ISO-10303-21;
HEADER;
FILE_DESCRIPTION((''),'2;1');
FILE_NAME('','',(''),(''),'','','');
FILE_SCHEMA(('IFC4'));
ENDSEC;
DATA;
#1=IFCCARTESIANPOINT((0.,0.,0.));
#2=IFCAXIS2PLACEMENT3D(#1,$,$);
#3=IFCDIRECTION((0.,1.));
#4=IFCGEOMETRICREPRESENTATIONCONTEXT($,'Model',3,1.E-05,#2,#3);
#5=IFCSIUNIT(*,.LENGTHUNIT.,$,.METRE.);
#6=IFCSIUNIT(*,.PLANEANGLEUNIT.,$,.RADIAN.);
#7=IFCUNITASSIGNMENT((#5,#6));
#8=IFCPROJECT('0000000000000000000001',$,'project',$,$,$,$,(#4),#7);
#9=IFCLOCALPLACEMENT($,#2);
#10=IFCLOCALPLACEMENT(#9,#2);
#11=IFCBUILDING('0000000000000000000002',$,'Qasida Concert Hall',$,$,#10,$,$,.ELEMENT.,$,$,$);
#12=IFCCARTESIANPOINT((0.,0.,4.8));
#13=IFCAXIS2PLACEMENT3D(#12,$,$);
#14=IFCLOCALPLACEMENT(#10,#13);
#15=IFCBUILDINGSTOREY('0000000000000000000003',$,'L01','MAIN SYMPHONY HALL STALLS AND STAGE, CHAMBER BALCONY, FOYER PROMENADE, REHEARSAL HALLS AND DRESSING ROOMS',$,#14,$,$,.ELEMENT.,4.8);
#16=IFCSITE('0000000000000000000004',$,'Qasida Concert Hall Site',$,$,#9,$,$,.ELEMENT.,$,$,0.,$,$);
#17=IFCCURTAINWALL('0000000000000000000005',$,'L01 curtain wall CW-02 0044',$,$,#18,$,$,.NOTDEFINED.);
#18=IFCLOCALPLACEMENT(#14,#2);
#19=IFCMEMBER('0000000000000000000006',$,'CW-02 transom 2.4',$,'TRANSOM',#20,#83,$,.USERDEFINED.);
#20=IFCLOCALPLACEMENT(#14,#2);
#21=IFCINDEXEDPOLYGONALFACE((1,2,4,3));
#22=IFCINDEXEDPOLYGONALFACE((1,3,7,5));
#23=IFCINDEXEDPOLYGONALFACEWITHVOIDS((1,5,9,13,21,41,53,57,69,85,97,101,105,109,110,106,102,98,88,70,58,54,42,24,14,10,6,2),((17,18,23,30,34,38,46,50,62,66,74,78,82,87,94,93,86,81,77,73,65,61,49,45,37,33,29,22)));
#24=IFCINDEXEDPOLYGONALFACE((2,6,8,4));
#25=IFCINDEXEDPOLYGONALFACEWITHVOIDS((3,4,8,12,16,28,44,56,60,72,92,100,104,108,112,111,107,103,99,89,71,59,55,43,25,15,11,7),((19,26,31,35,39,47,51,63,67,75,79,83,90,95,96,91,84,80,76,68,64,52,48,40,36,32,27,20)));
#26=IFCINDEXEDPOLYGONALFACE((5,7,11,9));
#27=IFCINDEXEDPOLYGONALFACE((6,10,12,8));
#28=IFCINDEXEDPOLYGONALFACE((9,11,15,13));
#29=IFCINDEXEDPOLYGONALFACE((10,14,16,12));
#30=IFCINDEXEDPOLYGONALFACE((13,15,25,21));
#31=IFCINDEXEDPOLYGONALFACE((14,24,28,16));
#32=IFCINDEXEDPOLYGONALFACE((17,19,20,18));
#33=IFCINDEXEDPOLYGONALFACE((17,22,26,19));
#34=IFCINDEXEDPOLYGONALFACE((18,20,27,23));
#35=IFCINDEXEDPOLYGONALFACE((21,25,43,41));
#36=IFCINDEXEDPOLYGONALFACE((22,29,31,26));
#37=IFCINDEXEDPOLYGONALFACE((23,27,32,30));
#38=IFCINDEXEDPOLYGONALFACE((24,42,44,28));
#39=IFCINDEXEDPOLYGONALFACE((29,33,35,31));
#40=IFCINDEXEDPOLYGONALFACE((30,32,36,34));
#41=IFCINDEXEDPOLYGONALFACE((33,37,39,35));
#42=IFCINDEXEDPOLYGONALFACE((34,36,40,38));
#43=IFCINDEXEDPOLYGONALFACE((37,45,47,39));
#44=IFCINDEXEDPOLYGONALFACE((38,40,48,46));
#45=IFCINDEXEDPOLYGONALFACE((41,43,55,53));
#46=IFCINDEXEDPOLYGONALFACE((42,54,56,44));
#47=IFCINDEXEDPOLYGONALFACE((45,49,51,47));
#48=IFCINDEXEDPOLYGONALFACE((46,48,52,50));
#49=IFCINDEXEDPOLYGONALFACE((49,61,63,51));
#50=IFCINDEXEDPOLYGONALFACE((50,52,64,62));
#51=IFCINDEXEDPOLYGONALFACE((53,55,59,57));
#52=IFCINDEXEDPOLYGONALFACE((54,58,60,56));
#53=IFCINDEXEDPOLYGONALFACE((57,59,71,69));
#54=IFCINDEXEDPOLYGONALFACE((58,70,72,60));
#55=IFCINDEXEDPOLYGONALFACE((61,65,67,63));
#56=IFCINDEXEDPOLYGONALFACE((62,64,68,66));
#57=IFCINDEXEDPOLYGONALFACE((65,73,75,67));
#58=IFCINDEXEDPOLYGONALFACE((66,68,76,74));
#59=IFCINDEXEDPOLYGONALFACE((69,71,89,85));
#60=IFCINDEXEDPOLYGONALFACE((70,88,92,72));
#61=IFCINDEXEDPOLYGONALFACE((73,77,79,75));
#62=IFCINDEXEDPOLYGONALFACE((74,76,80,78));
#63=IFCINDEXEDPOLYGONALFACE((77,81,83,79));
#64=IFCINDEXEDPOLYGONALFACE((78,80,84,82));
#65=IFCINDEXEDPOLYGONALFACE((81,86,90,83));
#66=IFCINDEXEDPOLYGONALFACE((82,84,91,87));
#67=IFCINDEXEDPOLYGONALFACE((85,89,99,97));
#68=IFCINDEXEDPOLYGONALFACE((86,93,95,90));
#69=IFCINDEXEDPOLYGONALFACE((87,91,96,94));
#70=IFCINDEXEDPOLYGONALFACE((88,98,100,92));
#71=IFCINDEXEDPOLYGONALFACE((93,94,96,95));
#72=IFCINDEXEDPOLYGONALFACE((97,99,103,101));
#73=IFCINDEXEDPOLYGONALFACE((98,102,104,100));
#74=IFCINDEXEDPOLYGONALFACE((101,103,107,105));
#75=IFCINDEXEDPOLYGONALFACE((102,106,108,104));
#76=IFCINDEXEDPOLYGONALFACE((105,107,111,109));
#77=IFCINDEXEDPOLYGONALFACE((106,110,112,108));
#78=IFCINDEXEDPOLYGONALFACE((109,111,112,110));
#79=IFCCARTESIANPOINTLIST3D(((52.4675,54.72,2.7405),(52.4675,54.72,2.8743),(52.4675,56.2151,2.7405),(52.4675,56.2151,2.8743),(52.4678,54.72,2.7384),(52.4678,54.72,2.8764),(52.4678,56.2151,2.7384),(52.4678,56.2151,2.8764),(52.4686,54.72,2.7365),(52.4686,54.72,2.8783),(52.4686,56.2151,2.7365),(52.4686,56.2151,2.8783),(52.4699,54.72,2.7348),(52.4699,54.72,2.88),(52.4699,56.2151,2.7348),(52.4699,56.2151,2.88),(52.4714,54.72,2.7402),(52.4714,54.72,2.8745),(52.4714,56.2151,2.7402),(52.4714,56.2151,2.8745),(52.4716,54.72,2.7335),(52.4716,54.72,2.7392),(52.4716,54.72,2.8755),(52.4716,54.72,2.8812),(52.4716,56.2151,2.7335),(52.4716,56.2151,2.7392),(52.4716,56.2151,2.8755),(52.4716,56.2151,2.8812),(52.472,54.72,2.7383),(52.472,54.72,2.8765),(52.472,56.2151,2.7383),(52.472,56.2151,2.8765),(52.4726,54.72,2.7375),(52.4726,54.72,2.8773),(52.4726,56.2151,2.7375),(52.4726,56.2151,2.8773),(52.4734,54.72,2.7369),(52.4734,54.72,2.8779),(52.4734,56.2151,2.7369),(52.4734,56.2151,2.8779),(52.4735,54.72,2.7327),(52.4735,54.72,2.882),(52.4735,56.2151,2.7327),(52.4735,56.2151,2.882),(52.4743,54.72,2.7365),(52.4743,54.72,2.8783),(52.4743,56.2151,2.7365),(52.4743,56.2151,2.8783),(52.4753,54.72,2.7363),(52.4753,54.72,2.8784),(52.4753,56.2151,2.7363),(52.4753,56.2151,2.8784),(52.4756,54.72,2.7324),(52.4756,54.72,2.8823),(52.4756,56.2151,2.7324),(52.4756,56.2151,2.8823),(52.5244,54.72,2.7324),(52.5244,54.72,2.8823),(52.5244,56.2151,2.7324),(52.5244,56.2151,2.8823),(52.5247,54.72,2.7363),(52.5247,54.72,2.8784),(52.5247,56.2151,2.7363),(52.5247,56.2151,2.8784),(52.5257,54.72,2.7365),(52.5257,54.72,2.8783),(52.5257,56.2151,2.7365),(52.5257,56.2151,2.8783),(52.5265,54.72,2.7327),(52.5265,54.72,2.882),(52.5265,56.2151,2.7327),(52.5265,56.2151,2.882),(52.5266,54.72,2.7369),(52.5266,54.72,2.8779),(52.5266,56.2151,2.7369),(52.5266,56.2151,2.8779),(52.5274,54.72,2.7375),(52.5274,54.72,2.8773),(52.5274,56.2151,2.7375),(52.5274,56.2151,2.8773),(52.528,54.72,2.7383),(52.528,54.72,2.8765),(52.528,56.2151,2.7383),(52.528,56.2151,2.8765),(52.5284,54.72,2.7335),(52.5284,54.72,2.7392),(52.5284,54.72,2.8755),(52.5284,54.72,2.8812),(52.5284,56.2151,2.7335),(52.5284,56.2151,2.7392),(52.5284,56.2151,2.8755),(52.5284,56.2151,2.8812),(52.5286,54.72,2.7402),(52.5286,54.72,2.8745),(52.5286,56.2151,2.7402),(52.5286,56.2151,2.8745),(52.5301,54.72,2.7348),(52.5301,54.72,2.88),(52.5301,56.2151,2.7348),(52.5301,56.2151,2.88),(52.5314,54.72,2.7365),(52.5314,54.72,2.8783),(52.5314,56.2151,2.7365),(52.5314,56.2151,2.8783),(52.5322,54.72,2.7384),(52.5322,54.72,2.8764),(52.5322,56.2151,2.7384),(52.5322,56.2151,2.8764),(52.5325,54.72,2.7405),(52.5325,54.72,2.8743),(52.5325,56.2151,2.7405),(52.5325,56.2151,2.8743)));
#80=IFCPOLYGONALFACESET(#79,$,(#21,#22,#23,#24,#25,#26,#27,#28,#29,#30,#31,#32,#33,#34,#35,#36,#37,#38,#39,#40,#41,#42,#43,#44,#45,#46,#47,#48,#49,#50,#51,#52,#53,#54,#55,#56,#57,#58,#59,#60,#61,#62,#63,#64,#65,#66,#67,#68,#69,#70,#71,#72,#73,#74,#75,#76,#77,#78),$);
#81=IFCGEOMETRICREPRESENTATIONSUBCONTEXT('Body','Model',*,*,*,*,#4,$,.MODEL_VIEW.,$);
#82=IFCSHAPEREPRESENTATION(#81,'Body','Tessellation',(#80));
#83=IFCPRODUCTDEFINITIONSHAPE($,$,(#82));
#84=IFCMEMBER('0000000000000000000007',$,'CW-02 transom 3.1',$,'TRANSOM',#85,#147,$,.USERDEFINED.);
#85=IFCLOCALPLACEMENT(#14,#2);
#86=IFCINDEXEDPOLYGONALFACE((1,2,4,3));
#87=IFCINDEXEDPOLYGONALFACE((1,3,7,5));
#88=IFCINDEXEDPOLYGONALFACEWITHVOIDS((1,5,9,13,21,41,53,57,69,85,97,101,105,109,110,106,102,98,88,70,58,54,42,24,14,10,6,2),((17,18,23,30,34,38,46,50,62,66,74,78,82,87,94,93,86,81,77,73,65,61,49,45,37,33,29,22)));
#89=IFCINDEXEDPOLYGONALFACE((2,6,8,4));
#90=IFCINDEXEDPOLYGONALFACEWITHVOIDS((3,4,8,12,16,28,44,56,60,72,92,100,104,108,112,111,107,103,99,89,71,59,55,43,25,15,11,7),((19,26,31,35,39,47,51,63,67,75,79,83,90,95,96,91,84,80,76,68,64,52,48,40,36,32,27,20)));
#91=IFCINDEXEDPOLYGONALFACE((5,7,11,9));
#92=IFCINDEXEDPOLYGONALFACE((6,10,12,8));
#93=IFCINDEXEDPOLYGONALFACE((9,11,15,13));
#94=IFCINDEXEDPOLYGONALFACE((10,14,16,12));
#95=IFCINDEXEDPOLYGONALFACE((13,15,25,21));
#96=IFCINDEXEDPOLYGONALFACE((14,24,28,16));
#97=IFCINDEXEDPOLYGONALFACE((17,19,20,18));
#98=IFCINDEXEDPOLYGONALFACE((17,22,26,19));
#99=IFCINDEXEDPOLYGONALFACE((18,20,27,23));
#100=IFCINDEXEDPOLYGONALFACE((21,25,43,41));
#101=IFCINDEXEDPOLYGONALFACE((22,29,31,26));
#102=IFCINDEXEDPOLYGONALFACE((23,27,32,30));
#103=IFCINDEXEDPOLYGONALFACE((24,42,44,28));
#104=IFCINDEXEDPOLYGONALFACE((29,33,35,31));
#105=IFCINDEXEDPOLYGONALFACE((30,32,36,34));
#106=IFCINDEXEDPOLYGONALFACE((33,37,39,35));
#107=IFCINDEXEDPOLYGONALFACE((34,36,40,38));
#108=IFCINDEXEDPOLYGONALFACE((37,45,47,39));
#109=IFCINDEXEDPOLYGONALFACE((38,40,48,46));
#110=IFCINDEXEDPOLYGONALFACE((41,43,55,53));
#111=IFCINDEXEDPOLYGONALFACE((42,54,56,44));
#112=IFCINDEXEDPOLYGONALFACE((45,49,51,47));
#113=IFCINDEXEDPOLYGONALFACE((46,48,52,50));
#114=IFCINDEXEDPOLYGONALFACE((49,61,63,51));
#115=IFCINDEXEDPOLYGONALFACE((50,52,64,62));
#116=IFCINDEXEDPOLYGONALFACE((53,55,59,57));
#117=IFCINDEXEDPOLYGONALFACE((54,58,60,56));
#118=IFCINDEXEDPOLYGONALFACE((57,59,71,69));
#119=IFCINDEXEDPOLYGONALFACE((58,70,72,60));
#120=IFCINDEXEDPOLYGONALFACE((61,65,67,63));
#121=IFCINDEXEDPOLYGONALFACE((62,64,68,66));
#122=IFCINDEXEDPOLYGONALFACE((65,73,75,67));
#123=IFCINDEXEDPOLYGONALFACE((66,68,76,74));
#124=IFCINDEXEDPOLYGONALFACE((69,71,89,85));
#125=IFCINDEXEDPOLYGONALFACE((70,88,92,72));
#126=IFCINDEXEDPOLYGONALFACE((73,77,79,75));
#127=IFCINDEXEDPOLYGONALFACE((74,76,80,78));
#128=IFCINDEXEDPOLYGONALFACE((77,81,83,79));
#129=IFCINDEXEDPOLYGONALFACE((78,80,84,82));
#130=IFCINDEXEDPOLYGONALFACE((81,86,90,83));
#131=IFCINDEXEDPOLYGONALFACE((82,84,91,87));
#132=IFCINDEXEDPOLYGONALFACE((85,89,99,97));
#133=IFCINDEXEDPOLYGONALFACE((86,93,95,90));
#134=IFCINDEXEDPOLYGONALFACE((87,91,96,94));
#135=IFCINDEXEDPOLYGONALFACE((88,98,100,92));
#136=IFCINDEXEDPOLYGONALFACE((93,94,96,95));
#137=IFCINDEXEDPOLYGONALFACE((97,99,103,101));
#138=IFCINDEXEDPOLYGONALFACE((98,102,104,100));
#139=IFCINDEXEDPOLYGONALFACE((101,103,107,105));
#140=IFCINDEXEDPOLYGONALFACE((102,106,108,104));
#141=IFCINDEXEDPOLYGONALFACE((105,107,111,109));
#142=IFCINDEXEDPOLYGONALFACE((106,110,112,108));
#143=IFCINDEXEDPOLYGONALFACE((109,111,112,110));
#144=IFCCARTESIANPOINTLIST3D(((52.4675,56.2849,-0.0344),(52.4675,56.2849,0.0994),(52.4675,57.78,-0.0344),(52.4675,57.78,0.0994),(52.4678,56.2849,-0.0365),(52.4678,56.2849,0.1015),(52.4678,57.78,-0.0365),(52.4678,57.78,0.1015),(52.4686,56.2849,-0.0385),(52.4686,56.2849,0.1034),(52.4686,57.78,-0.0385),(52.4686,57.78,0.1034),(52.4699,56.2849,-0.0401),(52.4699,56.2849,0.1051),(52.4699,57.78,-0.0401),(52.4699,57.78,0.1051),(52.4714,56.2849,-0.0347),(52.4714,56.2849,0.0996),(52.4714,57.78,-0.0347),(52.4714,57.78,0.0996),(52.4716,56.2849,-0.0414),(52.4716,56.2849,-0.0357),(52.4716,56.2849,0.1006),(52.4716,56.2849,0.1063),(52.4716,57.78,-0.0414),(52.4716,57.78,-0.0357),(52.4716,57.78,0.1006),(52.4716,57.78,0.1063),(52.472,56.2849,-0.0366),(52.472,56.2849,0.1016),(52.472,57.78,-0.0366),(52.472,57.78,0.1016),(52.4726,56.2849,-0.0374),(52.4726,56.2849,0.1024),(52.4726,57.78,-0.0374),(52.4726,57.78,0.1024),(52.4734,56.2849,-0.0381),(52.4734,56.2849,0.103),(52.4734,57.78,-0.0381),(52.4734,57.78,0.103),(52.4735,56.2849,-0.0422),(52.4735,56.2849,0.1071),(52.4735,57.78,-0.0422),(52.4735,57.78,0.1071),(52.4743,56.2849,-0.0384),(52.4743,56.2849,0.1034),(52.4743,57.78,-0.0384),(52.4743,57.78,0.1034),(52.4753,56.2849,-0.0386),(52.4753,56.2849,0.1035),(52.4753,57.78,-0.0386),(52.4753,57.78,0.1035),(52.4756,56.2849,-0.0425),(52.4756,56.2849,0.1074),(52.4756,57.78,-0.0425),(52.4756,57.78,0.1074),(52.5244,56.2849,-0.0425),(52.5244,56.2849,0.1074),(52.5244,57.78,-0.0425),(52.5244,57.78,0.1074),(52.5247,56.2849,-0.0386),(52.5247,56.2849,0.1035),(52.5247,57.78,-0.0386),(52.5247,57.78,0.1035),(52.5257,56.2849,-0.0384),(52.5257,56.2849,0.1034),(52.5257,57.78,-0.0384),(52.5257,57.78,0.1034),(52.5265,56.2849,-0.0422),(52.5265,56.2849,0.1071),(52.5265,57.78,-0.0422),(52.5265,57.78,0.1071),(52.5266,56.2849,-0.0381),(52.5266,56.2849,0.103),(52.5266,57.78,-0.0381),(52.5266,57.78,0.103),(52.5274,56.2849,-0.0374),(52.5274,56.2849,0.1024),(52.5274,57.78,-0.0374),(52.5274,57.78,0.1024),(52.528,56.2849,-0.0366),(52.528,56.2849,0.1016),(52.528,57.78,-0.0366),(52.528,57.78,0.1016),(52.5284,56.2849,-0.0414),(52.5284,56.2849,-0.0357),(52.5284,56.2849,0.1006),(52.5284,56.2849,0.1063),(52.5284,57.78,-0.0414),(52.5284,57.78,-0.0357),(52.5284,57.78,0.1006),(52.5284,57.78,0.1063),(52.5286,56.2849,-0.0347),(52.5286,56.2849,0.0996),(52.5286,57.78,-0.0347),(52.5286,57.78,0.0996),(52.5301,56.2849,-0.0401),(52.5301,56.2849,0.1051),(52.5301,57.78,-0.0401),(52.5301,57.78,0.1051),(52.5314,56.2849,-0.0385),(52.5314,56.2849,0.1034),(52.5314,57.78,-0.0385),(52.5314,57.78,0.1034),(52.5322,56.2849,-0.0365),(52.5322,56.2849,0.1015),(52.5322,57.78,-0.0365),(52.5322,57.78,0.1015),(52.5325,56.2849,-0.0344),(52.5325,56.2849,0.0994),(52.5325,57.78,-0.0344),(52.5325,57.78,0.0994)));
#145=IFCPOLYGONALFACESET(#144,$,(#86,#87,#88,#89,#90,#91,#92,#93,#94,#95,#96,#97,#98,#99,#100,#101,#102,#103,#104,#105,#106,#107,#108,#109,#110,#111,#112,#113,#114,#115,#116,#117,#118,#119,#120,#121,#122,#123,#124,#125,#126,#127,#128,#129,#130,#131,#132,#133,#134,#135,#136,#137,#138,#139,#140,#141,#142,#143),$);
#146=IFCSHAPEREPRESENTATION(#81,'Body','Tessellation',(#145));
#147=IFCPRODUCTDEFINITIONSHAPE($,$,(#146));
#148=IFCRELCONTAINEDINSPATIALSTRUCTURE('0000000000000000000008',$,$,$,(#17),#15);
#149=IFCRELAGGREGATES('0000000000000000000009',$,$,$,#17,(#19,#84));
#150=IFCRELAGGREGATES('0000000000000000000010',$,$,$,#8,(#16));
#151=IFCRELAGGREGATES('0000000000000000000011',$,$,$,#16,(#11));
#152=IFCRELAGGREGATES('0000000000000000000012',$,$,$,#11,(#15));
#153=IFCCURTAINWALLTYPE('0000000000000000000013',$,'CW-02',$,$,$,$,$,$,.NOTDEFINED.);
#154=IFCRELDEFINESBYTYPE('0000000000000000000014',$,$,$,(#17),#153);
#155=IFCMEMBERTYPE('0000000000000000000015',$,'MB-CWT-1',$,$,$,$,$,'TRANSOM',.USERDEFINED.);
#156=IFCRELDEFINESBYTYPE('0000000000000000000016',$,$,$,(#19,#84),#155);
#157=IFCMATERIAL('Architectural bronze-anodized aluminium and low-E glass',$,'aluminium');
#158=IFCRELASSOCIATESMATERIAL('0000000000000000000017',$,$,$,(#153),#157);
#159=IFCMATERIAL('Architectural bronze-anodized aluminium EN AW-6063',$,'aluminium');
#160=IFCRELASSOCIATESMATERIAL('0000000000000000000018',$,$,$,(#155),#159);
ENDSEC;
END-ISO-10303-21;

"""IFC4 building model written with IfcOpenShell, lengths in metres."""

from ifc_helpers import new_model, si_unit, direction, frame, origin, origin_2d, place, context, subcontext, project, spatial, hollow_rectangle, extrude, material, material_profile, profile_set, type_object, element, aggregate, save


model = new_model("IFC4")

# Units and contexts
model_context = context("Model", 3, precision=1e-05, world=origin(), true_north=direction((0.0, 1.0)))
body_context = subcontext(model_context, "Body", "Model", "MODEL_VIEW")
ifc_project = project(units=[si_unit("LENGTHUNIT", "METRE"), si_unit("PLANEANGLEUNIT", "RADIAN")], contexts=[model_context])

# Site, building, storey
site_placement = place(None, origin())
site = spatial("IfcSite", under=ifc_project, at=site_placement, Name="Qasida Concert Hall Site", CompositionType="ELEMENT", RefElevation=0.0)
building_placement = place(site_placement, origin())
building = spatial("IfcBuilding", under=site, at=building_placement, Name="Qasida Concert Hall", CompositionType="ELEMENT")
storey_placement = place(building_placement, frame((0.0, 0.0, 4.8)))
storey = spatial("IfcBuildingStorey", under=building, at=storey_placement, Name="L01", Description="MAIN SYMPHONY HALL STALLS AND STAGE, CHAMBER BALCONY, FOYER PROMENADE, REHEARSAL HALLS AND DRESSING ROOMS", CompositionType="ELEMENT", Elevation=4.8)

# Curtain wall, members
ifc_material_1 = material(Name="Architectural bronze-anodized aluminium and low-E glass", Category="aluminium")
curtain_wall_type = type_object("IfcCurtainWallType", Name="CW-02", PredefinedType="NOTDEFINED", material=ifc_material_1)
curtain_wall_placement = place(storey_placement, origin())
curtain_wall = element("IfcCurtainWall", 1, at=curtain_wall_placement, inside=storey, type_object=curtain_wall_type, Name="L01 curtain wall CW-02 0044", PredefinedType="NOTDEFINED")
ifc_material_2 = material(Name="Architectural bronze-anodized aluminium EN AW-6063", Category="aluminium")
ifc_material_profile_1 = material_profile(ifc_material_2, hollow_rectangle(XDim=0.0649, YDim=0.1499, WallThickness=0.0039, InnerFilletRadius=0.0039, OuterFilletRadius=0.0081, at=origin_2d()), Name="CWT 150x65x4")
ifc_profile_set_1 = profile_set([ifc_material_profile_1], Name="Architectural bronze-anodized aluminium EN AW-6063")
member_type_1 = type_object("IfcMemberType", Name="MB-CWT-1", ElementType="TRANSOM", PredefinedType="USERDEFINED", material=ifc_profile_set_1)
member_1_placement = place(storey_placement, frame((52.5, 54.72, 2.8074), z_axis=(0.0, 1.0, 0.0), x_axis=(-1.0, 0.0, 0.0)))
member_1 = element("IfcMember", 2, at=member_1_placement, type_object=member_type_1, Name="CW-02 transom 2.4", ObjectType="TRANSOM", PredefinedType="USERDEFINED", context=body_context, shape_type="SweptSolid", body=[
    extrude(hollow_rectangle(XDim=0.0649, YDim=0.1499, WallThickness=0.0039, InnerFilletRadius=0.0039, OuterFilletRadius=0.0081, at=origin_2d()), origin(), (0.0, 0.0, 1.0), 1.4951),
])
member_2_placement = place(storey_placement, frame((52.5, 56.2849, 0.0325), z_axis=(0.0, 1.0, 0.0), x_axis=(-1.0, 0.0, 0.0)))
member_2 = element("IfcMember", 3, at=member_2_placement, type_object=member_type_1, Name="CW-02 transom 3.1", ObjectType="TRANSOM", PredefinedType="USERDEFINED", context=body_context, shape_type="SweptSolid", body=[
    extrude(hollow_rectangle(XDim=0.0649, YDim=0.1499, WallThickness=0.0039, InnerFilletRadius=0.0039, OuterFilletRadius=0.0081, at=origin_2d()), origin(), (0.0, 0.0, 1.0), 1.4951),
])
aggregate(curtain_wall, [member_1, member_2])

save(model, "model.ifc")
